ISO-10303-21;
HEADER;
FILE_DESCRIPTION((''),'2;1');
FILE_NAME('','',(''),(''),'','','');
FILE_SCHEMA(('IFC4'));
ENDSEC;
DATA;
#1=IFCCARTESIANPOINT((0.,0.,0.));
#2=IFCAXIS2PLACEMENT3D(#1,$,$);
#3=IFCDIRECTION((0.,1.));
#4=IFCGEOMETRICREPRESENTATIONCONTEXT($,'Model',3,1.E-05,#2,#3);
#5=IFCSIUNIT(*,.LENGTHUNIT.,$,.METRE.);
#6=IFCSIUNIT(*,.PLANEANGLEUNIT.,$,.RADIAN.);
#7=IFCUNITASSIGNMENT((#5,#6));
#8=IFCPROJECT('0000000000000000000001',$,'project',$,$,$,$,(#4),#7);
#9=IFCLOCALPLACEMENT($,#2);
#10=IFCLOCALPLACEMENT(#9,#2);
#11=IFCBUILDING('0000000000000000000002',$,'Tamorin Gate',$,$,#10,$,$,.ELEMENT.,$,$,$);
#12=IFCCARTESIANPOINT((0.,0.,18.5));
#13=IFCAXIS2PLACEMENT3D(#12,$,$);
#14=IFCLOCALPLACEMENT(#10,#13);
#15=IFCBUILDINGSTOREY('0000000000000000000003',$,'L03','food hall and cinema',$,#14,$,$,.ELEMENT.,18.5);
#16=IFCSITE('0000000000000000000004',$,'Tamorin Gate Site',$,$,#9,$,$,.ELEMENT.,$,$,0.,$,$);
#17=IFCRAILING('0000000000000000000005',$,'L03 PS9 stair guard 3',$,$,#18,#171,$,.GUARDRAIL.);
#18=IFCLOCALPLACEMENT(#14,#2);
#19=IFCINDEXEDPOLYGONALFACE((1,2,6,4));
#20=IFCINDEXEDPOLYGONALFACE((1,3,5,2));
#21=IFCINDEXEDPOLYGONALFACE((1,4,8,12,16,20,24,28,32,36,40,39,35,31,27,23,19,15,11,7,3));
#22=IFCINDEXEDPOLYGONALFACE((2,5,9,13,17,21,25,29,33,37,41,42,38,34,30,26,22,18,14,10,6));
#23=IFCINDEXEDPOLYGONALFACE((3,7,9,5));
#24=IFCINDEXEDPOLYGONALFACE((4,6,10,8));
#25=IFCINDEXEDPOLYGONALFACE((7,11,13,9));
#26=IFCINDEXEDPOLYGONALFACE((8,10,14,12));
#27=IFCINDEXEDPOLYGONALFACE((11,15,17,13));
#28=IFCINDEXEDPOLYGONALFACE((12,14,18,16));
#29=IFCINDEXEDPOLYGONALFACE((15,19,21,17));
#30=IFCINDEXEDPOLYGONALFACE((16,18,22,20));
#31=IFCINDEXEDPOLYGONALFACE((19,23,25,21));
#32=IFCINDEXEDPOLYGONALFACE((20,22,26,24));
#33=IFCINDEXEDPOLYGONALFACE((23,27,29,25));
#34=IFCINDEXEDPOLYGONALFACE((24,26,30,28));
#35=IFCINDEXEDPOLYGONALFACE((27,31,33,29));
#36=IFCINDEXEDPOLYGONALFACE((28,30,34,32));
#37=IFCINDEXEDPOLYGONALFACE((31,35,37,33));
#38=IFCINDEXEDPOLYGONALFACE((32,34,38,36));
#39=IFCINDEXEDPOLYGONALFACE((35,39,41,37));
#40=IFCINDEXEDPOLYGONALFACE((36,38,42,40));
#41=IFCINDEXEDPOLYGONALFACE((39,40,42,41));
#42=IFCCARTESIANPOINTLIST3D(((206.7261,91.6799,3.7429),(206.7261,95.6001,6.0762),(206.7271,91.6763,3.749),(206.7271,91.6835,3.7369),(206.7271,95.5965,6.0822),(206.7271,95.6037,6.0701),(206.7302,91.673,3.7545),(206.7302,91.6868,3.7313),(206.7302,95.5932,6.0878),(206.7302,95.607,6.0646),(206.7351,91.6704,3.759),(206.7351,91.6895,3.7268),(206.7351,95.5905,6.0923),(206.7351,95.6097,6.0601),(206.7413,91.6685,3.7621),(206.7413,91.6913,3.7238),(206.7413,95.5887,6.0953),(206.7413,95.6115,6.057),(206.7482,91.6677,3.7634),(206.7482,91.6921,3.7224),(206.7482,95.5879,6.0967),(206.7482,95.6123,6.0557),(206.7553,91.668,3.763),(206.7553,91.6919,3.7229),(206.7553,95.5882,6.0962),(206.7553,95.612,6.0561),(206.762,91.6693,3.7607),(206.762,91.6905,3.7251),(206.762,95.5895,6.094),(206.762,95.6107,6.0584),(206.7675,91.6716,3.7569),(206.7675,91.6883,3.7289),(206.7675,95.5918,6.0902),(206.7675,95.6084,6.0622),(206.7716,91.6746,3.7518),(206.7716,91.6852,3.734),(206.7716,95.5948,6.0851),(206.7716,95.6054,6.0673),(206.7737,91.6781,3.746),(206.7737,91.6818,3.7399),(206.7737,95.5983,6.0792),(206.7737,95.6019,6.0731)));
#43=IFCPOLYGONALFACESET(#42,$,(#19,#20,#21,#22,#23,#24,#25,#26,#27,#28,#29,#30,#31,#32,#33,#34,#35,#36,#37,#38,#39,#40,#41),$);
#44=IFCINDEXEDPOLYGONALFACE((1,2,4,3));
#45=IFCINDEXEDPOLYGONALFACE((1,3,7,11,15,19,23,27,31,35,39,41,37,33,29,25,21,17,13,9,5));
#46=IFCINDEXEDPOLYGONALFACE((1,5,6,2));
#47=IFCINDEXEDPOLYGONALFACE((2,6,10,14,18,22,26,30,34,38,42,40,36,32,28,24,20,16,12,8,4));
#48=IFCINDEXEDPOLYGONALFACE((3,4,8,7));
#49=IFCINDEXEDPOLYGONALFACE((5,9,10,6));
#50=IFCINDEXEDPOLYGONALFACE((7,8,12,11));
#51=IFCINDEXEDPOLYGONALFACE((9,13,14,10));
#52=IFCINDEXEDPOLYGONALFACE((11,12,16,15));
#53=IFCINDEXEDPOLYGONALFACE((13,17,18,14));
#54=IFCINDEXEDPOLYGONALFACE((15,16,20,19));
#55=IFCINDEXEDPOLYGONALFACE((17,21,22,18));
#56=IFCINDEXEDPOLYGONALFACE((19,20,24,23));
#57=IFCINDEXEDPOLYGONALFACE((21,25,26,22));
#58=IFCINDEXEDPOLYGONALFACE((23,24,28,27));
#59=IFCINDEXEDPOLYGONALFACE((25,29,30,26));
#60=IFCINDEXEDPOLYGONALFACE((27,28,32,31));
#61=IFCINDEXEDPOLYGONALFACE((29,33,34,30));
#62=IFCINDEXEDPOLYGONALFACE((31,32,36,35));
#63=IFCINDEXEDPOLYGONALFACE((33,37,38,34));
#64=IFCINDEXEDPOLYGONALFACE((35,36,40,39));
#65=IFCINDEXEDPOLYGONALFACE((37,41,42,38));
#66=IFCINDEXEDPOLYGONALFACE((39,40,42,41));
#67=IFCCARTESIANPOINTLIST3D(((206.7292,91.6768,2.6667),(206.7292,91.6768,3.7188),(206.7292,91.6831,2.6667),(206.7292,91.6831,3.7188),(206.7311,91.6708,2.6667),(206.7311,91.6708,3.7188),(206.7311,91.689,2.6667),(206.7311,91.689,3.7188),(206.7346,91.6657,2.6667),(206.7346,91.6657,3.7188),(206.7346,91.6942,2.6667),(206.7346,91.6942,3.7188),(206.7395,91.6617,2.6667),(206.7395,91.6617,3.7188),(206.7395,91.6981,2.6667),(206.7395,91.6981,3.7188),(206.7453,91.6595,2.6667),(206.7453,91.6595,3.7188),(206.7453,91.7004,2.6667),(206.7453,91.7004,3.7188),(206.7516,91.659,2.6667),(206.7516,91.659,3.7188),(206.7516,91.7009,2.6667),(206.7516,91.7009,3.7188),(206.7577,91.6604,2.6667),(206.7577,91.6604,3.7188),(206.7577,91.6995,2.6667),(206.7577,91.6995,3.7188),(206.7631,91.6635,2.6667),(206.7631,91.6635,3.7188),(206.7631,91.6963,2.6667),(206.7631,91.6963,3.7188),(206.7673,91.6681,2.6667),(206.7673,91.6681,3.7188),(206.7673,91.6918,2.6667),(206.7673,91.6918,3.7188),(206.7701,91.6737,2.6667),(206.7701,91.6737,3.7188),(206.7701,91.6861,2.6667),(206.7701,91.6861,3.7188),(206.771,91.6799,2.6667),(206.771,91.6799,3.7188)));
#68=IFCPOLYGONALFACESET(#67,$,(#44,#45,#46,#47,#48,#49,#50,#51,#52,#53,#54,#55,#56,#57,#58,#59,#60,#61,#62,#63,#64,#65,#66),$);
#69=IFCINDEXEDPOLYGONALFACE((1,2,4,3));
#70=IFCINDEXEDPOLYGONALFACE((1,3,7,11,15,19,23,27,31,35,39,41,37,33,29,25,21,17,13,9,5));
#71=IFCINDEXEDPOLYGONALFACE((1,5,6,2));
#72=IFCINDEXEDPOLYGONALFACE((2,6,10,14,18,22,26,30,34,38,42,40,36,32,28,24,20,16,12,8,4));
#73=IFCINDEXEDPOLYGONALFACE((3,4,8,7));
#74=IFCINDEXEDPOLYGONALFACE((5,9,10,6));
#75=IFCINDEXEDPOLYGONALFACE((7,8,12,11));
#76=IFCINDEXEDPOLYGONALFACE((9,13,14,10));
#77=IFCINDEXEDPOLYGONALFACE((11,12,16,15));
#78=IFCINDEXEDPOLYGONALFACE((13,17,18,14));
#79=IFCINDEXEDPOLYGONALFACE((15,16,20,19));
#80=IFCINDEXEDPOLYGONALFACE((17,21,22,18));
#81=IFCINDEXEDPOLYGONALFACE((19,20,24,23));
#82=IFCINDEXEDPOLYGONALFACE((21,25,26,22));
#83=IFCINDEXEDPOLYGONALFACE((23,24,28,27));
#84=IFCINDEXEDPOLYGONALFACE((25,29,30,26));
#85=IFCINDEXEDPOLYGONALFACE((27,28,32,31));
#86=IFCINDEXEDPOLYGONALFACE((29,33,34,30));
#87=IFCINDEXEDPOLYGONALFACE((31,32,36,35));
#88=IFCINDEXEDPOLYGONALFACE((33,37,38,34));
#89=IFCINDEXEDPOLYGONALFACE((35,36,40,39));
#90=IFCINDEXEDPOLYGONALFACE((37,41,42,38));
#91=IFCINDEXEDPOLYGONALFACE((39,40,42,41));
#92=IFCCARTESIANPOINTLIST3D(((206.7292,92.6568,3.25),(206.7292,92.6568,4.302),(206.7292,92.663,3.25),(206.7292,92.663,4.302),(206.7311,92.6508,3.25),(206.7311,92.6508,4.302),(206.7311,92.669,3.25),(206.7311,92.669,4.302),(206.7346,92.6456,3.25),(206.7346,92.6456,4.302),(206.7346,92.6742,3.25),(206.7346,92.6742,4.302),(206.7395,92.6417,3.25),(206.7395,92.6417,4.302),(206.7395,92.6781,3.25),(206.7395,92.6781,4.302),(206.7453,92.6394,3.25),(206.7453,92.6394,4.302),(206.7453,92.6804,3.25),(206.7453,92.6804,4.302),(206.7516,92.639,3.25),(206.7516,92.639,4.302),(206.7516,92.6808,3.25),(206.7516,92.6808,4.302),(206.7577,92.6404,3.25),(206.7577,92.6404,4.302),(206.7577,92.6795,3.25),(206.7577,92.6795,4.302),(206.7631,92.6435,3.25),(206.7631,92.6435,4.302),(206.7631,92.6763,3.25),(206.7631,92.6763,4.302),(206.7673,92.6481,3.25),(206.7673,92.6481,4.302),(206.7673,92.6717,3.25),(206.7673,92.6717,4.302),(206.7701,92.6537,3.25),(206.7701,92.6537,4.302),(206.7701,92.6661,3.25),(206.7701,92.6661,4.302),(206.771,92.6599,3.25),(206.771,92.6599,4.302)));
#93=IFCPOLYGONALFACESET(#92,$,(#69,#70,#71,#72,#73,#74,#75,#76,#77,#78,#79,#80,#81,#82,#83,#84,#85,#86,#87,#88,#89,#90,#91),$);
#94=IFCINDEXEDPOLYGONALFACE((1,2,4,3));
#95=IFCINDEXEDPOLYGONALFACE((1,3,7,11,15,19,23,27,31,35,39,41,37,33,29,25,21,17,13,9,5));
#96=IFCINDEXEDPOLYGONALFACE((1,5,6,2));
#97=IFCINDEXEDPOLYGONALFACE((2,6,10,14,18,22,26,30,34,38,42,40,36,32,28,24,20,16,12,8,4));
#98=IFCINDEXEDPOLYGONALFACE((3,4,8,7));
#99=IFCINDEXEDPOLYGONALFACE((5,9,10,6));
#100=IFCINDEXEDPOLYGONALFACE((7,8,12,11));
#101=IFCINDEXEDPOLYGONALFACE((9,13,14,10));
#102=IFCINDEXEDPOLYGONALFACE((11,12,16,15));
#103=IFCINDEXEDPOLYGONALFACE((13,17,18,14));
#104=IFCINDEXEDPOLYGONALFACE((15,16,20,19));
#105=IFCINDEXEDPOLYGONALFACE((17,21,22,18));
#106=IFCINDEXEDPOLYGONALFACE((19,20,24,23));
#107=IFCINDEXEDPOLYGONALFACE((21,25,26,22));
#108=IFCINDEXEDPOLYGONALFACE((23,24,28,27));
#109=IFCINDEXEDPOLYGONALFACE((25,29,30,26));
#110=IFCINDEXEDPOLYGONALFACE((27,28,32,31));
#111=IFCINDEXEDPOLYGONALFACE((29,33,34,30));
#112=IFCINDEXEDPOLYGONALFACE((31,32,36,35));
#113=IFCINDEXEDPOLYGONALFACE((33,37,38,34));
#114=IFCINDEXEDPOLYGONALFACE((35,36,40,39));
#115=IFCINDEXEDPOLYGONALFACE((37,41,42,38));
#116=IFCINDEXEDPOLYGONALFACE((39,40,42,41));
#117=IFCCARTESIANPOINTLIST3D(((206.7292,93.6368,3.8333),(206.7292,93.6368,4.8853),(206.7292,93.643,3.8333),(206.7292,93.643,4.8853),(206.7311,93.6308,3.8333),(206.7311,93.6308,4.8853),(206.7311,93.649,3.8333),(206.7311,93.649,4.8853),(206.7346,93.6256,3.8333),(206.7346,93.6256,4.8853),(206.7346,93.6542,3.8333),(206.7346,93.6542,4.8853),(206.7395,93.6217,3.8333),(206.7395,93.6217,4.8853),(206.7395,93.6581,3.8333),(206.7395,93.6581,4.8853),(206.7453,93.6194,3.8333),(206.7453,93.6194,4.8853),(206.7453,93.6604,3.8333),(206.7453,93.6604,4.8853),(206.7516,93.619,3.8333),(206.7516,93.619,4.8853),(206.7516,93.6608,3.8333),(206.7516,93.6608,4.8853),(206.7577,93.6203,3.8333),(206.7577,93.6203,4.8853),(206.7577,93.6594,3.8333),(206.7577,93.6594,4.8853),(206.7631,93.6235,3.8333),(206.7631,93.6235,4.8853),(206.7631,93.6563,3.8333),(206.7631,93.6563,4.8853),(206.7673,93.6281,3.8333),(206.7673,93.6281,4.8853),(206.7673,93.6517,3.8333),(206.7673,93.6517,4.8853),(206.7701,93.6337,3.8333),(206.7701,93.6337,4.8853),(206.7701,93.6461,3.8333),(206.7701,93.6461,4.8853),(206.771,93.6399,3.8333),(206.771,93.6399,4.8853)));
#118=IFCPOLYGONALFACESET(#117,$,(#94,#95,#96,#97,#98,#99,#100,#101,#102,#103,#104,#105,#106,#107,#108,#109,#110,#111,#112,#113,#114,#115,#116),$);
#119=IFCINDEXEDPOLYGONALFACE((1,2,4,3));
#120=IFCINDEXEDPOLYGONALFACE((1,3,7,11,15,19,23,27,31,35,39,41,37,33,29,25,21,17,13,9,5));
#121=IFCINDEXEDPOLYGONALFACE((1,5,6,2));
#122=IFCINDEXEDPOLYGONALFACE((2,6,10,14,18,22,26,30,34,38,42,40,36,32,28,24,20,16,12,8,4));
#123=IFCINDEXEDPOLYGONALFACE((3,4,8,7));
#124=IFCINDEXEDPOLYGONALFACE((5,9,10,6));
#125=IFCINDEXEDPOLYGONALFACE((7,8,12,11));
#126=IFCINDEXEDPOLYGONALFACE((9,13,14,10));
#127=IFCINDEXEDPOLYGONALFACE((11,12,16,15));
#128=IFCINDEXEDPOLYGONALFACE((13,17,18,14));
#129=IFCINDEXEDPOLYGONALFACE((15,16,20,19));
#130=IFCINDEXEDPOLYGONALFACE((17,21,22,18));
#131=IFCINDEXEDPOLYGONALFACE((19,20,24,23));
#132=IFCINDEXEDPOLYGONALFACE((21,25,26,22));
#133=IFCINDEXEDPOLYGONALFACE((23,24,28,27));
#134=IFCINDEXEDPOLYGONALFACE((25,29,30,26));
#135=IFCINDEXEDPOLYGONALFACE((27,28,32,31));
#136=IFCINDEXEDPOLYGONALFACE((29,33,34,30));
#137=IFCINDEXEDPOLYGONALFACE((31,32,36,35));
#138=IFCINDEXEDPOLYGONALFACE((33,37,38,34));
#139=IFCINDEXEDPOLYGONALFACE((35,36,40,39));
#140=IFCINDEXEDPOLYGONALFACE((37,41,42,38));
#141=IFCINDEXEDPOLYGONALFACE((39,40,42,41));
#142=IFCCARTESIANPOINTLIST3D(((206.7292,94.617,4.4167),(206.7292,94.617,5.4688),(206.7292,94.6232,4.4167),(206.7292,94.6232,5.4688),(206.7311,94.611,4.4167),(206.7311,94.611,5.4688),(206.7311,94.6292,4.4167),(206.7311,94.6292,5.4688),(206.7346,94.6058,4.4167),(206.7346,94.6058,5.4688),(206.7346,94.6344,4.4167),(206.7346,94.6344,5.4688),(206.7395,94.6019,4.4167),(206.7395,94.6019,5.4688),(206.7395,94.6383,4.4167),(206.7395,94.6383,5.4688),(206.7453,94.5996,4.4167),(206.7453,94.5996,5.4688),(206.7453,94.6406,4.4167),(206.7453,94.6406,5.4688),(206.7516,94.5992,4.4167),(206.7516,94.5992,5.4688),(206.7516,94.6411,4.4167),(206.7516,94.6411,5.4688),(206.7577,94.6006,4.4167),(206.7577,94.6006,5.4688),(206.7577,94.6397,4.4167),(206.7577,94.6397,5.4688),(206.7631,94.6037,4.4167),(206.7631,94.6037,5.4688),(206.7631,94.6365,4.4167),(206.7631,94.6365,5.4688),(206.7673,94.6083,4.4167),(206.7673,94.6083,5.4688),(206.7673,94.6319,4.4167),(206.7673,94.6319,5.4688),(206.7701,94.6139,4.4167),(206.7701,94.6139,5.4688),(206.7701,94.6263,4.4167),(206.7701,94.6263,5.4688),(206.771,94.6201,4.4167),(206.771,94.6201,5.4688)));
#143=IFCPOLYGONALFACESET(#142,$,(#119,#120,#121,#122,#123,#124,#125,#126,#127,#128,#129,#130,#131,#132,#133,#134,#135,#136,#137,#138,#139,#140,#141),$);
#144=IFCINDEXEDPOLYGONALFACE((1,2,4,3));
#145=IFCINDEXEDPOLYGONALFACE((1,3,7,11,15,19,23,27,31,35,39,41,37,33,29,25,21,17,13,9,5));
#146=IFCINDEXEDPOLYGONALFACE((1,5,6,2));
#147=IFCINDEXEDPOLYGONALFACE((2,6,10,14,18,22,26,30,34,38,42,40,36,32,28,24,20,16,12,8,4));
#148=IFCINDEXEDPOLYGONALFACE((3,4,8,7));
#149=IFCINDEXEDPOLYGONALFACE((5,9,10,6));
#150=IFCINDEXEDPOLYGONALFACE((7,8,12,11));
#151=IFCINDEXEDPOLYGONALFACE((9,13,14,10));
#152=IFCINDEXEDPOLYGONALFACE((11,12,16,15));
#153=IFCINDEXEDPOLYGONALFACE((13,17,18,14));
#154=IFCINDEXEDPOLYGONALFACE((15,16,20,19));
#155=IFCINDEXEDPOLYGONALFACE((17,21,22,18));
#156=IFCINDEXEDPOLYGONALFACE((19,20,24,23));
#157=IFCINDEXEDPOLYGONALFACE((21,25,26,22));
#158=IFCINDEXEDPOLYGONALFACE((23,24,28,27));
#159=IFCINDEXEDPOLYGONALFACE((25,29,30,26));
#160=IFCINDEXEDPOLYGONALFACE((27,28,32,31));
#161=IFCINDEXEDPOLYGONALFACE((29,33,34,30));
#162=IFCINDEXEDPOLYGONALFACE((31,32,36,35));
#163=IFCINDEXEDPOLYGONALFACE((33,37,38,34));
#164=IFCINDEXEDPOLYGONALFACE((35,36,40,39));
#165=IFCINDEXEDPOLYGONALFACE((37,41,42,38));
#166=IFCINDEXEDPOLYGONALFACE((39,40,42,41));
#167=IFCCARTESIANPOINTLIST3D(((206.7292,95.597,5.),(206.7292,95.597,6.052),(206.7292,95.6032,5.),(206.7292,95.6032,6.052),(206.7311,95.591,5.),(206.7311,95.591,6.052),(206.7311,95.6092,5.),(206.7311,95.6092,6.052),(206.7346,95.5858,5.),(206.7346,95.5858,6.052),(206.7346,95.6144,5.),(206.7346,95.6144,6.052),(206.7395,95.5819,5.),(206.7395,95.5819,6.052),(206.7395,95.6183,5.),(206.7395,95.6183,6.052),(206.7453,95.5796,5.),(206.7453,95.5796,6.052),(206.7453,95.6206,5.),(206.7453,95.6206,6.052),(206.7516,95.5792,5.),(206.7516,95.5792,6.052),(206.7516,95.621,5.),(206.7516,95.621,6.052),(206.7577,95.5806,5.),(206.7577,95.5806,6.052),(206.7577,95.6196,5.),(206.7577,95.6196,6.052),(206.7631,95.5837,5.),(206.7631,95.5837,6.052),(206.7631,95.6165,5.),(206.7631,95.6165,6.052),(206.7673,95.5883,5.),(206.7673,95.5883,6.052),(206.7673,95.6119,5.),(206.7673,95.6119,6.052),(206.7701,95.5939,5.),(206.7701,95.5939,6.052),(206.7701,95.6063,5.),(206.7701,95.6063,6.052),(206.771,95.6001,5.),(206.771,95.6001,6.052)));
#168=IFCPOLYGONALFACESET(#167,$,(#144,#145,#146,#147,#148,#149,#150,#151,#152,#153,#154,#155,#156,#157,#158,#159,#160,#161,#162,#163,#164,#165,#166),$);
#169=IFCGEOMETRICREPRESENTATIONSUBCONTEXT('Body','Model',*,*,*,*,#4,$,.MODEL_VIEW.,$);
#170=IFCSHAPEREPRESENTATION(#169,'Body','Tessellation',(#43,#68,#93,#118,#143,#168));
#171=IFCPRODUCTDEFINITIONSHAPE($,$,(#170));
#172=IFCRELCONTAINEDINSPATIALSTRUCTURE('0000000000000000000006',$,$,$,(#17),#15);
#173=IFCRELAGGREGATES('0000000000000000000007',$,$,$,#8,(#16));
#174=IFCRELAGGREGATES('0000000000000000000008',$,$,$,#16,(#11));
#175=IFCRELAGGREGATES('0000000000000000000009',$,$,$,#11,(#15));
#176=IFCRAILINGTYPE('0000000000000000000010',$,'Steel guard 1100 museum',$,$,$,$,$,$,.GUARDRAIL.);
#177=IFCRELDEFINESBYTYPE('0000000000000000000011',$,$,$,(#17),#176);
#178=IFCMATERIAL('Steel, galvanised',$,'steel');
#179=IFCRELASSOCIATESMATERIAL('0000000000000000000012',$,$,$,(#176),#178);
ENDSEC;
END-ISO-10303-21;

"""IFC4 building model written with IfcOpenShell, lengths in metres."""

from ifc_helpers import new_model, si_unit, direction, frame, origin, origin_2d, place, context, subcontext, project, spatial, circle, extrude, material, type_object, element, save


model = new_model("IFC4")

# Units and contexts
model_context = context("Model", 3, precision=1e-05, world=origin(), true_north=direction((0.0, 1.0)))
body_context = subcontext(model_context, "Body", "Model", "MODEL_VIEW")
ifc_project = project(units=[si_unit("LENGTHUNIT", "METRE"), si_unit("PLANEANGLEUNIT", "RADIAN")], contexts=[model_context])

# Site, building, storey
site_placement = place(None, origin())
site = spatial("IfcSite", under=ifc_project, at=site_placement, Name="Tamorin Gate Site", CompositionType="ELEMENT", RefElevation=0.0)
building_placement = place(site_placement, origin())
building = spatial("IfcBuilding", under=site, at=building_placement, Name="Tamorin Gate", CompositionType="ELEMENT")
storey_placement = place(building_placement, frame((0.0, 0.0, 18.5)))
storey = spatial("IfcBuildingStorey", under=building, at=storey_placement, Name="L03", Description="food hall and cinema", CompositionType="ELEMENT", Elevation=18.5)

# Railing
ifc_material_1 = material(Name="Steel, galvanised", Category="steel")
railing_type_1 = type_object("IfcRailingType", Name="Steel guard 1100 museum", PredefinedType="GUARDRAIL", material=ifc_material_1)
railing_1_placement = place(storey_placement, frame((206.75, 91.6799, 2.6667)))
element("IfcRailing", 1, at=railing_1_placement, inside=storey, type_object=railing_type_1, Name="L03 PS9 stair guard 3", PredefinedType="GUARDRAIL", context=body_context, shape_type="SweptSolid", body=[
    extrude(circle(Radius=0.0239, at=origin_2d()), frame((0.0, 0.0, 1.0762), z_axis=(0.0, 0.85931, 0.511455), x_axis=(-1.0, 0.0, 0.0)), (0.0, 0.0, 1.0), 4.562),
    extrude(circle(Radius=0.021, at=origin_2d()), origin(), (0.0, 0.0, 1.0), 1.052),
    extrude(circle(Radius=0.021, at=origin_2d()), frame((0.0, 0.98, 0.5833)), (0.0, 0.0, 1.0), 1.052),
    extrude(circle(Radius=0.021, at=origin_2d()), frame((0.0, 1.96, 1.1665)), (0.0, 0.0, 1.0), 1.052),
    extrude(circle(Radius=0.021, at=origin_2d()), frame((0.0, 2.9402, 1.75)), (0.0, 0.0, 1.0), 1.052),
    extrude(circle(Radius=0.021, at=origin_2d()), frame((0.0, 3.9202, 2.3333)), (0.0, 0.0, 1.0), 1.052),
])

save(model, "model.ifc")
